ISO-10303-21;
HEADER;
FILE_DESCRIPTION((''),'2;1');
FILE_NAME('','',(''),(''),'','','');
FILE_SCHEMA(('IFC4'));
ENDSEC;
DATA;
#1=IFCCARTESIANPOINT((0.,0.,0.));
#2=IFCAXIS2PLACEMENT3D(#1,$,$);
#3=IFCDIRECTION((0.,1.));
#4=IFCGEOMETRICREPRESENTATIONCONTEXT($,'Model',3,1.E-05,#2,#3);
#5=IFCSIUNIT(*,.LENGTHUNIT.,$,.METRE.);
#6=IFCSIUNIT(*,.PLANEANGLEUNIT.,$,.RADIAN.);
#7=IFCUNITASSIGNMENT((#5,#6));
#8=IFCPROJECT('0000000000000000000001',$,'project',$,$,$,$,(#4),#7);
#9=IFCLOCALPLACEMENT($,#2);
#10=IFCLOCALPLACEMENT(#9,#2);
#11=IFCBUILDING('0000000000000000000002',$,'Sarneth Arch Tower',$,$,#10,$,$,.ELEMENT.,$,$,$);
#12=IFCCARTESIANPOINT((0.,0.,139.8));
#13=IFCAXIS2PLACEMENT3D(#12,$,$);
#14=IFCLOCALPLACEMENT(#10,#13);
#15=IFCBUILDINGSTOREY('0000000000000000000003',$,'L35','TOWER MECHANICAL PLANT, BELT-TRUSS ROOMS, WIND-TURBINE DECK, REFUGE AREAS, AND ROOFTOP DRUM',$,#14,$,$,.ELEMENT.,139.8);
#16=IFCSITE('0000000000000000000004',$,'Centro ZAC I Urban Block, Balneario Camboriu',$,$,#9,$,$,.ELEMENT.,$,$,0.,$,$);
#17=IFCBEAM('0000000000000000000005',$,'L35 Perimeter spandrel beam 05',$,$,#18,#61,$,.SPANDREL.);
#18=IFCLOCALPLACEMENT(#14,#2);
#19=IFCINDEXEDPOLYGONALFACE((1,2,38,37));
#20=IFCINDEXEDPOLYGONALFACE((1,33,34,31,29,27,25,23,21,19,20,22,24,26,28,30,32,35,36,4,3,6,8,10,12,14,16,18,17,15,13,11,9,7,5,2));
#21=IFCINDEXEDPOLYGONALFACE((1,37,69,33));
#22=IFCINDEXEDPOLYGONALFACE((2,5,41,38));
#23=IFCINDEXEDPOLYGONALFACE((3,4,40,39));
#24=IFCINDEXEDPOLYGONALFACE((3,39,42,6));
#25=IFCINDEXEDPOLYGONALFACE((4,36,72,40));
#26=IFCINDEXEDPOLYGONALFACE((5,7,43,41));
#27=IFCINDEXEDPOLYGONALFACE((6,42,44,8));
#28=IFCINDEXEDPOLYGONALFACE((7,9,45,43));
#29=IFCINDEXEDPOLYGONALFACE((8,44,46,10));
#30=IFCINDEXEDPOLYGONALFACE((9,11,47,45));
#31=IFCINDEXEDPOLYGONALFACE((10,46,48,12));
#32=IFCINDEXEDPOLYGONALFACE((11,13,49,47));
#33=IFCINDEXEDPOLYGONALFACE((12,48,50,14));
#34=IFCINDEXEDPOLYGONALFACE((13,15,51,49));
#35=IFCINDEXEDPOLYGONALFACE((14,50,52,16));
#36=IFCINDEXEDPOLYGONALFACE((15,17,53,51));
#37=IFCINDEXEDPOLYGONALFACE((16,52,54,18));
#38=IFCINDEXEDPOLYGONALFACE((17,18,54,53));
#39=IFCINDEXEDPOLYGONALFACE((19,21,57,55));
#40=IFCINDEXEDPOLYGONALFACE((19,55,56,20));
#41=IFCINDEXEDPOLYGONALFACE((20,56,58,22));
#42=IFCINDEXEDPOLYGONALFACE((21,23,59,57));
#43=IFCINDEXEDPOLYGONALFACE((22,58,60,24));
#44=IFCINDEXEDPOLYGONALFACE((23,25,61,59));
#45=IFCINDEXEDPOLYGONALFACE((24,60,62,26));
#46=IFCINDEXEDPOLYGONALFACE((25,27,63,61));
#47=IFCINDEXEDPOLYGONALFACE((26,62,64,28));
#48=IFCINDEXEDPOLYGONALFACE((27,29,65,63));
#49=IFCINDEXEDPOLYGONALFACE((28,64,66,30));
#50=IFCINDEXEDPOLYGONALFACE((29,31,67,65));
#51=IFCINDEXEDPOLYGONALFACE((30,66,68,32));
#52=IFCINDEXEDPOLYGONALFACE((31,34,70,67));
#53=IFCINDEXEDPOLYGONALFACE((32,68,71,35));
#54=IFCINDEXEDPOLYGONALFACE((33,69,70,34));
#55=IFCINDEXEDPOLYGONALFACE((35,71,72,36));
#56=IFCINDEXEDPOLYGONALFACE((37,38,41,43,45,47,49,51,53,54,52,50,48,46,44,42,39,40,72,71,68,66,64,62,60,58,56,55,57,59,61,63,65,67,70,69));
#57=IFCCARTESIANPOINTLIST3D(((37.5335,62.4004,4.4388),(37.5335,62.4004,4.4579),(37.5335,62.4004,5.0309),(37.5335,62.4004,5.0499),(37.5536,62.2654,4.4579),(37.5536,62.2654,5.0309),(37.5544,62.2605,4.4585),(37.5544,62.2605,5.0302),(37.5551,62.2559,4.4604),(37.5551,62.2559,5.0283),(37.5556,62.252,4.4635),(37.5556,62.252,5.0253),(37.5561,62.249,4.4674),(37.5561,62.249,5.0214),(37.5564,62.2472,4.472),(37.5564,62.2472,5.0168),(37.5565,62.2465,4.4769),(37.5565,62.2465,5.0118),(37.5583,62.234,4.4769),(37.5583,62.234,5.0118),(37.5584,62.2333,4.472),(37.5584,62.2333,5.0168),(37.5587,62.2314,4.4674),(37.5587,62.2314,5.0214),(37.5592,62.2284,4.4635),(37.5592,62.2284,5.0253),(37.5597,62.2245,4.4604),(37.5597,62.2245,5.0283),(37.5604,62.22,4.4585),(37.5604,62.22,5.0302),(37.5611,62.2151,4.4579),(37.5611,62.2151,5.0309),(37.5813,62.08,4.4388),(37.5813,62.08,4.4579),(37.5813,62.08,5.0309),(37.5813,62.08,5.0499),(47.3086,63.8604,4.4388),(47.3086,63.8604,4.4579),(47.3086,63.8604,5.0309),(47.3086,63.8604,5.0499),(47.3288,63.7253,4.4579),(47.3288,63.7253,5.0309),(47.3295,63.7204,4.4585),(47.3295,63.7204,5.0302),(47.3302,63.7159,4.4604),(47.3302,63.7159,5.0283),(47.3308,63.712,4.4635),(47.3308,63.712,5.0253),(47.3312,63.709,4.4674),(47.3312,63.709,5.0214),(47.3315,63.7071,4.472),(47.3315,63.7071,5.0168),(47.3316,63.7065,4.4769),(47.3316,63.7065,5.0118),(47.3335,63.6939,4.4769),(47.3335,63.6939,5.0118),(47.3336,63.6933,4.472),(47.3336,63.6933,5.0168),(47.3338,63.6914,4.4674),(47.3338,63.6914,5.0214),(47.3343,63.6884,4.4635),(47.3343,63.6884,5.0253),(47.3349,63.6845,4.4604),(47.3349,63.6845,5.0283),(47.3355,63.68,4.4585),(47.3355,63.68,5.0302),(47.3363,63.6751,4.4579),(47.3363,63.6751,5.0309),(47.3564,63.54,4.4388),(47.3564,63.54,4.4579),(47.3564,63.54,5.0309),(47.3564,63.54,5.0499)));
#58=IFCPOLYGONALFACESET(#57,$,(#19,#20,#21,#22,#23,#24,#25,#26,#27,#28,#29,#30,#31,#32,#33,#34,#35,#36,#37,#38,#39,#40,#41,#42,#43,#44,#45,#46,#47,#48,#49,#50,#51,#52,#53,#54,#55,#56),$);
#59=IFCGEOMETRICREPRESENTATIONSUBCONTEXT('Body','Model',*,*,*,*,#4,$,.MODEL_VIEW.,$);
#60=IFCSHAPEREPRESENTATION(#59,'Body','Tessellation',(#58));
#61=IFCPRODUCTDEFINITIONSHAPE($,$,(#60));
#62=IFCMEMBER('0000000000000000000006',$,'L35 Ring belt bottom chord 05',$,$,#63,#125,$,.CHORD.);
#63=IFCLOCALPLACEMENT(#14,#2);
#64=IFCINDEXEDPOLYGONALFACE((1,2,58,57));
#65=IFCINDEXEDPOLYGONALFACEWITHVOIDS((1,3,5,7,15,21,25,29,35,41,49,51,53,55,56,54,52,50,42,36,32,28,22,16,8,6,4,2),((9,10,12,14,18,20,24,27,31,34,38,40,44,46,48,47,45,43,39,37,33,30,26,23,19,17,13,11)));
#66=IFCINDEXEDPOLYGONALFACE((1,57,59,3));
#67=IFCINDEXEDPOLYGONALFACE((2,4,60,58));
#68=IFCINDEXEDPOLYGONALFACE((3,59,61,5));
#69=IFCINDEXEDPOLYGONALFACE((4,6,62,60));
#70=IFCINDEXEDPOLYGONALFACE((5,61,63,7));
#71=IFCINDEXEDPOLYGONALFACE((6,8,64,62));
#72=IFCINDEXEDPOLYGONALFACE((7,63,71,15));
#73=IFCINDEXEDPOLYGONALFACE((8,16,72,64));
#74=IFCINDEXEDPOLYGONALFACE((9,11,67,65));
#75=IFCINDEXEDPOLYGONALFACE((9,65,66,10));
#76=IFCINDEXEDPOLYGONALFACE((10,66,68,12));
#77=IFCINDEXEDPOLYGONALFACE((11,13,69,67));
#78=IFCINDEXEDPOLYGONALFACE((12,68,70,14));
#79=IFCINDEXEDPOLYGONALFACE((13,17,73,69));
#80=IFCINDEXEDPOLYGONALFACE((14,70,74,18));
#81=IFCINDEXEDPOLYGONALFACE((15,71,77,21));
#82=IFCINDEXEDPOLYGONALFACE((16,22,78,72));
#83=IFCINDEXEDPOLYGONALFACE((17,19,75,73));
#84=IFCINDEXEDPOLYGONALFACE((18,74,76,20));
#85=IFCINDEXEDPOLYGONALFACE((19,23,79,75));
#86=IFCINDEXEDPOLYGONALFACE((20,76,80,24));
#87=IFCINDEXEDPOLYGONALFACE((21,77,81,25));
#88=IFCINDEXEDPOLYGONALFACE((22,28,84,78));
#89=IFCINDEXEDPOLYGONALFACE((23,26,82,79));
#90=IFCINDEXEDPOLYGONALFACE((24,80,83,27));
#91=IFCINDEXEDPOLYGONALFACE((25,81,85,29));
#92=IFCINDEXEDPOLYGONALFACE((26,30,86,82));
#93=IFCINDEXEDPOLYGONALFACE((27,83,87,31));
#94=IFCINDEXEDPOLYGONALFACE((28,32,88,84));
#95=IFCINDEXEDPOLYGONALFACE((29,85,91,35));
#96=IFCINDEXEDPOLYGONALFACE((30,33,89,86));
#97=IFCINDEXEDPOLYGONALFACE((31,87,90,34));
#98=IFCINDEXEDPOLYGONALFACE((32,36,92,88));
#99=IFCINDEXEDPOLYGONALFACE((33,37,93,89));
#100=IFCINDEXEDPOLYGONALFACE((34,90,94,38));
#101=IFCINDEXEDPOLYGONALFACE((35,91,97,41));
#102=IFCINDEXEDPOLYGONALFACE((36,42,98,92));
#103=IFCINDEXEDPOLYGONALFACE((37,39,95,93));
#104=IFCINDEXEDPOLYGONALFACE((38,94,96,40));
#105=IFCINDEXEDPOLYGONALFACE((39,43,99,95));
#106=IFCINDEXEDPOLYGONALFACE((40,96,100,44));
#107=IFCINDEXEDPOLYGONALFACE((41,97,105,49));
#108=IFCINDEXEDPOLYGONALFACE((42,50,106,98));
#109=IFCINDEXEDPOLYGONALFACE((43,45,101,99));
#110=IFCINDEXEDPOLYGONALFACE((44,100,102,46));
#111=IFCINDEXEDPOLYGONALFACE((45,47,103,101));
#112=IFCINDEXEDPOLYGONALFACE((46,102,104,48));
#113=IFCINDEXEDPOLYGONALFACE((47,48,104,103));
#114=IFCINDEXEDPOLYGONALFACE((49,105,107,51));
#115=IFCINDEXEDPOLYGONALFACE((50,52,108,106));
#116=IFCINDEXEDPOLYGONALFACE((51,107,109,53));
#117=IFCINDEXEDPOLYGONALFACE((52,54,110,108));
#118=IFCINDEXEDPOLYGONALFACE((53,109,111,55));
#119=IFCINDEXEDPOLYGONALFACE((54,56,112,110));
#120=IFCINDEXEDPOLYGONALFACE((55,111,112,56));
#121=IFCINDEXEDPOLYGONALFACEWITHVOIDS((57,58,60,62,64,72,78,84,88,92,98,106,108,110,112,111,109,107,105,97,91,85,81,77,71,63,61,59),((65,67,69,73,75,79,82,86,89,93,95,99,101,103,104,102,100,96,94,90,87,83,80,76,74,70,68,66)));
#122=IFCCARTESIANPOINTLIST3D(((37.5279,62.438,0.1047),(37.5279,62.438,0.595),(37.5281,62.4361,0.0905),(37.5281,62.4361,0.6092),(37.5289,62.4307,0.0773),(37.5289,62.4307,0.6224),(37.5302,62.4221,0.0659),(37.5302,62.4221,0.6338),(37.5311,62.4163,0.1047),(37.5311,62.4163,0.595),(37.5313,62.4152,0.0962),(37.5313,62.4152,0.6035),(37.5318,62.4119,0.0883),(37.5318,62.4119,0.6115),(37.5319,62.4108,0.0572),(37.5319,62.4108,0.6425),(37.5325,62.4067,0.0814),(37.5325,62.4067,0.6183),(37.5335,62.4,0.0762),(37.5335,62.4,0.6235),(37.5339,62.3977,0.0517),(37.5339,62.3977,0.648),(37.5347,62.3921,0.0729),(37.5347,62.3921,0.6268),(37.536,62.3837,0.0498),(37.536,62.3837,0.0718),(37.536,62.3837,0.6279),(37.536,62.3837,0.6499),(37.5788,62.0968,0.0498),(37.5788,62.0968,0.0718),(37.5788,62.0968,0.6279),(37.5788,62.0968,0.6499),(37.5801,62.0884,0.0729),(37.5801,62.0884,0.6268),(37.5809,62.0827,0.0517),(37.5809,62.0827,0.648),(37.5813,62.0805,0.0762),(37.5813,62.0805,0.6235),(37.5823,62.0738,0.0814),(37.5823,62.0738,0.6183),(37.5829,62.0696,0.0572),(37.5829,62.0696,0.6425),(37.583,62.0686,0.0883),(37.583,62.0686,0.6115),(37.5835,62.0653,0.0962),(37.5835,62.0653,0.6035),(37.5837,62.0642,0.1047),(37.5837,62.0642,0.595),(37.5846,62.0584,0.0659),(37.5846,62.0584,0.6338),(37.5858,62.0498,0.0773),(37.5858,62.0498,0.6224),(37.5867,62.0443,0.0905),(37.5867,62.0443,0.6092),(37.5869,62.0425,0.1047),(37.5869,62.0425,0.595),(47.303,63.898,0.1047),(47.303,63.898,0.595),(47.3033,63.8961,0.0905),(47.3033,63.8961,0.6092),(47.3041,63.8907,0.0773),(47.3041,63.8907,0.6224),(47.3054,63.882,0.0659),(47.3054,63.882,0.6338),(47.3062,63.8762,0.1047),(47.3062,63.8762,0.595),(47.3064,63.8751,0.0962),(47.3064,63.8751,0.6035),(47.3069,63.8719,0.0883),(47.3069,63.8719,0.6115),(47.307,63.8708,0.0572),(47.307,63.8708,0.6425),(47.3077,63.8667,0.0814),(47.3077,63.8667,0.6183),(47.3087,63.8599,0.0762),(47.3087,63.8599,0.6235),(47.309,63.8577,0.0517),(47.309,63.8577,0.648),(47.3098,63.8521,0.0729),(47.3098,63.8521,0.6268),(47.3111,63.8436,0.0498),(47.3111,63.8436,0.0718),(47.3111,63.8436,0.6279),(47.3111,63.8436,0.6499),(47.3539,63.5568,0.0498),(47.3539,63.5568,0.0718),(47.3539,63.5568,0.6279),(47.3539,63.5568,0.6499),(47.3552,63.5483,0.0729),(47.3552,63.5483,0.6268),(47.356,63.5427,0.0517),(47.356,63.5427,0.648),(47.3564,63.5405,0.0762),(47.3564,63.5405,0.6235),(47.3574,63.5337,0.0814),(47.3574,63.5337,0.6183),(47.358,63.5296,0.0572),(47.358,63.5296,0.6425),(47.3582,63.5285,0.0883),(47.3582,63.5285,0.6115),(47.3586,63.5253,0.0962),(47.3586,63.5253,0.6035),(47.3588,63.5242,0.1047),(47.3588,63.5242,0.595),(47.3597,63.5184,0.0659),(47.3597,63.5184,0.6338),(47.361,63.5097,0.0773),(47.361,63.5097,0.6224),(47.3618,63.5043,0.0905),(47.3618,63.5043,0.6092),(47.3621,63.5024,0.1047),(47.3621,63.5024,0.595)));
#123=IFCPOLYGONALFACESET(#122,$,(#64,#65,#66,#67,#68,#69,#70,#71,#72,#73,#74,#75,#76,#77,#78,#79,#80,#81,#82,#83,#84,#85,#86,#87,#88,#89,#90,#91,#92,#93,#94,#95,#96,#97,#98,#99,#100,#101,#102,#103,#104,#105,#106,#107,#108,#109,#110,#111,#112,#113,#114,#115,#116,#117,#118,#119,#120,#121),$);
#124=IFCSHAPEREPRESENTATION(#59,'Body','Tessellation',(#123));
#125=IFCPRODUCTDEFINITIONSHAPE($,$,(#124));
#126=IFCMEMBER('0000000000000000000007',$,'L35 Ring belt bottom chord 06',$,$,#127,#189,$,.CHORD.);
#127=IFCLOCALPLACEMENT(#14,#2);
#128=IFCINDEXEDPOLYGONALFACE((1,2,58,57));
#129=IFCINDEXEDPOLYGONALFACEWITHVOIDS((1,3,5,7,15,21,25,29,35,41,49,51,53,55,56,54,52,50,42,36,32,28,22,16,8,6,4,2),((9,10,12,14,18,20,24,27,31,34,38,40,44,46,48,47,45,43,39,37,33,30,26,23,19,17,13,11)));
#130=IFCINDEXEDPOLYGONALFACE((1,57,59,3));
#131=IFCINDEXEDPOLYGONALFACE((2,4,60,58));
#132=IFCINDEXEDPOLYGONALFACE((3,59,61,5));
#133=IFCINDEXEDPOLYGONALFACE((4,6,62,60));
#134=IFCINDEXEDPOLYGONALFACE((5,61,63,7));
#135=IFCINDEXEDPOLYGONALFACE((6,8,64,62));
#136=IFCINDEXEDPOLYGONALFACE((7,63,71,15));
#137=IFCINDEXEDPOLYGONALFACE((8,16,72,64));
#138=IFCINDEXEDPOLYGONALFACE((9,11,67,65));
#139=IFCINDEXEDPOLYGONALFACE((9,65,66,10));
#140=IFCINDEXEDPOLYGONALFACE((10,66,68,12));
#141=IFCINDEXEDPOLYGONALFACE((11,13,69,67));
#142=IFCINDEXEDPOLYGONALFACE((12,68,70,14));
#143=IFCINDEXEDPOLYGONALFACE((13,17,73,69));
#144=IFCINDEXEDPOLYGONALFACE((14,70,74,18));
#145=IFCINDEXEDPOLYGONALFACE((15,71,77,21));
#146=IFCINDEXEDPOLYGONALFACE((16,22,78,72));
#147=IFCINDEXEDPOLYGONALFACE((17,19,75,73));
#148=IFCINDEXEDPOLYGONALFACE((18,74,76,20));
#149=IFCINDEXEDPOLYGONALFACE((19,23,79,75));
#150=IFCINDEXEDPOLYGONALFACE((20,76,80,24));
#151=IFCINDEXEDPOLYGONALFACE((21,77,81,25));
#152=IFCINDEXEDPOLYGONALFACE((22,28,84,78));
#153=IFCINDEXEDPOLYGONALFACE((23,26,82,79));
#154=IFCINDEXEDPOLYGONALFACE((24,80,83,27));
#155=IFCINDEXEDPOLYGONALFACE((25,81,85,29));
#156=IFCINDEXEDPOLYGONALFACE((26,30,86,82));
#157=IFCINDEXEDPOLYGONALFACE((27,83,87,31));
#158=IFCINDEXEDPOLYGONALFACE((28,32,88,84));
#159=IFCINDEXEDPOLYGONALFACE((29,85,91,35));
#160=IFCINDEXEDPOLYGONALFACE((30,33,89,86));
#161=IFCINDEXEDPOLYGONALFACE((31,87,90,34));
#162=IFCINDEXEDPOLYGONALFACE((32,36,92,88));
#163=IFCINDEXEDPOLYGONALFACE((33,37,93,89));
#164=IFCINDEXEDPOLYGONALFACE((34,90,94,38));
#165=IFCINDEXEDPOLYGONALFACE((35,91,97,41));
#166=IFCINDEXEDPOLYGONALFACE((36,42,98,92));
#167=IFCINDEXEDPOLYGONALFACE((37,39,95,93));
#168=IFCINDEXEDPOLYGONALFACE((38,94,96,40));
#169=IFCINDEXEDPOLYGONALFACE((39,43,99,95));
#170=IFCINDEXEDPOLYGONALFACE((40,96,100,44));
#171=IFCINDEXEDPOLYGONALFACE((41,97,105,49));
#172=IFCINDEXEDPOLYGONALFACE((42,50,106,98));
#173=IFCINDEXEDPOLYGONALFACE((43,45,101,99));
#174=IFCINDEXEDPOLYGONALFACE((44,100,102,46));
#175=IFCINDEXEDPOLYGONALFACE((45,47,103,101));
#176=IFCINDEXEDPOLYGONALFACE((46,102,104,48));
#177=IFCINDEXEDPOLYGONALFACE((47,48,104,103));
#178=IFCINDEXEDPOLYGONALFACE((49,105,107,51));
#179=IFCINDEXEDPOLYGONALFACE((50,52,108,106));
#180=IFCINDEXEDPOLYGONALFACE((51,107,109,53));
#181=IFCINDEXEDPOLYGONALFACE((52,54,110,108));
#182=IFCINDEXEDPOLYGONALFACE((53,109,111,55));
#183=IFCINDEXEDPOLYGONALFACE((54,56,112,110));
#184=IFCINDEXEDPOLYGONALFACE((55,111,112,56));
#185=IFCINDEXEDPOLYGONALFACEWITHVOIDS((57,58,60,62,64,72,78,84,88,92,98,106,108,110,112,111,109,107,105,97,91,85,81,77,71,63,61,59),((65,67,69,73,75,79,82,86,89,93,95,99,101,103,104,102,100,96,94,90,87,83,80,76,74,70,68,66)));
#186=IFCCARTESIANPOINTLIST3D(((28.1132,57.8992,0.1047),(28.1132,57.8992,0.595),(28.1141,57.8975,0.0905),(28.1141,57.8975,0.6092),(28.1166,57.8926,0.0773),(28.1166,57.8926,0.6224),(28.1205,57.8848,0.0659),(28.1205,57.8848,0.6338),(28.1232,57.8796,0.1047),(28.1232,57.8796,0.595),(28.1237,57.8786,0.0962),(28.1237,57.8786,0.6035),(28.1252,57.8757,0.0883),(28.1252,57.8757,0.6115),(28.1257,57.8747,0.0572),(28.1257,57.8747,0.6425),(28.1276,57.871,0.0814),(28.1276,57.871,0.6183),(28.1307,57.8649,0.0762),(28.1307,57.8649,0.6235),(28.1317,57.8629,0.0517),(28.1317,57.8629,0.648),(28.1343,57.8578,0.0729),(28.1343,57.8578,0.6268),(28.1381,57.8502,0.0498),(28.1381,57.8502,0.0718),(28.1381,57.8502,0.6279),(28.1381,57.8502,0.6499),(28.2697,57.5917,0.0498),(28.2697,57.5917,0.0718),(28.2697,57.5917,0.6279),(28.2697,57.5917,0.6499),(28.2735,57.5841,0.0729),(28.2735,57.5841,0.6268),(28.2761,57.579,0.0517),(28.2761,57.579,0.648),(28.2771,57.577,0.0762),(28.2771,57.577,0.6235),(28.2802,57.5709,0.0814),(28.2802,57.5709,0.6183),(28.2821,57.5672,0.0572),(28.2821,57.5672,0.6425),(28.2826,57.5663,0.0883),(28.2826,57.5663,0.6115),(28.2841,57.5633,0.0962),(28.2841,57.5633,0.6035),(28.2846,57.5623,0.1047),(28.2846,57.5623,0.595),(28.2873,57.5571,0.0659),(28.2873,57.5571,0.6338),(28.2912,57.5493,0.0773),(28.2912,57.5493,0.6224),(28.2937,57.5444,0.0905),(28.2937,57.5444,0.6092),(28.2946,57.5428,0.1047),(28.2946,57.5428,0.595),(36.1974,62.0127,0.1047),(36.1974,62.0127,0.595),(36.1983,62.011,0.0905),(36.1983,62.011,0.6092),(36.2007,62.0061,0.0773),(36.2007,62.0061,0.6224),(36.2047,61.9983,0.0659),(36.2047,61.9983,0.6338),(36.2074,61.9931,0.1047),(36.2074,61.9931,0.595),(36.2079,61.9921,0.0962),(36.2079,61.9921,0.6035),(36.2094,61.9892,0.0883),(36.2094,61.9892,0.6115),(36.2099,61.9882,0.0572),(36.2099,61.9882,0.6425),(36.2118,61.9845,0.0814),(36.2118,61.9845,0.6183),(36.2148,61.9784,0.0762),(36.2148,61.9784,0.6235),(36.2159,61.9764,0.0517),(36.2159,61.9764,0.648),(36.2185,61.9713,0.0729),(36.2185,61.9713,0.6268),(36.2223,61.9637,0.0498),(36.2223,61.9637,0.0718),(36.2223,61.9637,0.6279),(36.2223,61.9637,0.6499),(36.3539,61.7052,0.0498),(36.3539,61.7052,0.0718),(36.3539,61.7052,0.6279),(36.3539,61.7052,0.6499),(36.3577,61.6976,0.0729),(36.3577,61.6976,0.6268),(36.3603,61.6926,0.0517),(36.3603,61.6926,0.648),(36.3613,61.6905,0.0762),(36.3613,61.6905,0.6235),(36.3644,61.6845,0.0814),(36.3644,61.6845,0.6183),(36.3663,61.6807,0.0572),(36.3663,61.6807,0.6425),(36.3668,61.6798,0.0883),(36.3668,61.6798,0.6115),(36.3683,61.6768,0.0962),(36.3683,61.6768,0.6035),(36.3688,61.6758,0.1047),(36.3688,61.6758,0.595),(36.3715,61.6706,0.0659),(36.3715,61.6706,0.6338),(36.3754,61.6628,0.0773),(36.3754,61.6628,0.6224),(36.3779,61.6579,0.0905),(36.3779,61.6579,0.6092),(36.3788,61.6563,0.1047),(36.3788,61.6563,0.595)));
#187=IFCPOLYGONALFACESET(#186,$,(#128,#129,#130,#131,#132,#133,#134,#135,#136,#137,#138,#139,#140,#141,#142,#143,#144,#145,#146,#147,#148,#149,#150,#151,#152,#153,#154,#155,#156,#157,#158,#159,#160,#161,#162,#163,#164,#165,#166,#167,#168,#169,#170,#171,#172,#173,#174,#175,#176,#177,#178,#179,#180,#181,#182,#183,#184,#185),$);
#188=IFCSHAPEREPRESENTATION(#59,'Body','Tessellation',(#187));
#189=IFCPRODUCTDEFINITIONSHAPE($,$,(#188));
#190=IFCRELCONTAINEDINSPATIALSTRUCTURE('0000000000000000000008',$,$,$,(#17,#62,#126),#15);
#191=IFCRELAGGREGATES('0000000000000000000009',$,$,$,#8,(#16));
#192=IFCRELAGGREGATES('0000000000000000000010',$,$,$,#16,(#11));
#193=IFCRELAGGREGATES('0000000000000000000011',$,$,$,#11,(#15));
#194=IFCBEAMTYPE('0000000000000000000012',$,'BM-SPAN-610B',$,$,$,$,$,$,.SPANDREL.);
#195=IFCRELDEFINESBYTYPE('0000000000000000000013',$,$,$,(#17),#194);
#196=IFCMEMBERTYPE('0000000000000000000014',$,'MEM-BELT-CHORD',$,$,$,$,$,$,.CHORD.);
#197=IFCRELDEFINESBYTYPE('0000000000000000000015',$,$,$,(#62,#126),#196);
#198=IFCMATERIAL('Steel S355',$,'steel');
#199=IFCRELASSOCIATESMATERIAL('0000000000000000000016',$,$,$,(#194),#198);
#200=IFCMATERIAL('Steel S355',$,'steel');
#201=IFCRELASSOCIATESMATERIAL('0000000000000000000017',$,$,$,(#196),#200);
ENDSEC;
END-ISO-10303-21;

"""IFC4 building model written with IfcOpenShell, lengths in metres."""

from ifc_helpers import new_model, si_unit, direction, frame, origin, origin_2d, place, context, subcontext, project, spatial, hollow_rectangle, i_section, extrude, material, material_profile, profile_set, type_object, element, save


model = new_model("IFC4")

# Units and contexts
model_context = context("Model", 3, precision=1e-05, world=origin(), true_north=direction((0.0, 1.0)))
body_context = subcontext(model_context, "Body", "Model", "MODEL_VIEW")
ifc_project = project(units=[si_unit("LENGTHUNIT", "METRE"), si_unit("PLANEANGLEUNIT", "RADIAN")], contexts=[model_context])

# Site, building, storey
site_placement = place(None, origin())
site = spatial("IfcSite", under=ifc_project, at=site_placement, Name="Centro ZAC I Urban Block, Balneario Camboriu", CompositionType="ELEMENT", RefElevation=0.0)
building_placement = place(site_placement, origin())
building = spatial("IfcBuilding", under=site, at=building_placement, Name="Sarneth Arch Tower", CompositionType="ELEMENT")
storey_placement = place(building_placement, frame((0.0, 0.0, 139.8)))
storey = spatial("IfcBuildingStorey", under=building, at=storey_placement, Name="L35", Description="TOWER MECHANICAL PLANT, BELT-TRUSS ROOMS, WIND-TURBINE DECK, REFUGE AREAS, AND ROOFTOP DRUM", CompositionType="ELEMENT", Elevation=139.8)

# Beam
ifc_material_1 = material(Name="Steel S355", Category="steel")
ifc_material_profile_1 = material_profile(ifc_material_1, i_section(OverallWidth=0.324, OverallDepth=0.6111, WebThickness=0.0127, FlangeThickness=0.019, FilletRadius=0.019, at=origin_2d()), Name="W610x155")
ifc_profile_set_1 = profile_set([ifc_material_profile_1], Name="Steel S355")
beam_type_1 = type_object("IfcBeamType", Name="BM-SPAN-610B", PredefinedType="SPANDREL", material=ifc_profile_set_1)
beam_1_placement = place(storey_placement, frame((47.3325, 63.7002, 4.7444), z_axis=(-0.98903, -0.147716, 0.0), x_axis=(0.147716, -0.98903, 0.0)))
element("IfcBeam", 1, at=beam_1_placement, inside=storey, type_object=beam_type_1, Name="L35 Perimeter spandrel beam 05", PredefinedType="SPANDREL", context=body_context, shape_type="SweptSolid", body=[
    extrude(i_section(OverallWidth=0.324, OverallDepth=0.6111, WebThickness=0.0127, FlangeThickness=0.019, FilletRadius=0.019, at=origin_2d()), origin(), (0.0, 0.0, 1.0), 9.8835),
])

# Members
ifc_material_2 = material(Name="Steel S355", Category="steel")
ifc_material_profile_2 = material_profile(ifc_material_2, hollow_rectangle(XDim=0.3999, YDim=0.6001, WallThickness=0.022, InnerFilletRadius=0.033, OuterFilletRadius=0.0549, at=origin_2d()), Name="RHS600x400x22")
ifc_profile_set_2 = profile_set([ifc_material_profile_2], Name="Steel S355")
member_type_1 = type_object("IfcMemberType", Name="MEM-BELT-CHORD", PredefinedType="CHORD", material=ifc_profile_set_2)
member_1_placement = place(storey_placement, frame((47.3325, 63.7002, 0.3499), z_axis=(-0.98903, -0.147716, 0.0), x_axis=(0.147716, -0.98903, 0.0)))
element("IfcMember", 2, at=member_1_placement, inside=storey, type_object=member_type_1, Name="L35 Ring belt bottom chord 05", PredefinedType="CHORD", context=body_context, shape_type="SweptSolid", body=[
    extrude(hollow_rectangle(XDim=0.3999, YDim=0.6001, WallThickness=0.022, InnerFilletRadius=0.033, OuterFilletRadius=0.0549, at=origin_2d()), origin(), (0.0, 0.0, 1.0), 9.8835),
])
member_2_placement = place(storey_placement, frame((36.2881, 61.8345, 0.3499), z_axis=(-0.891256, -0.453501, 0.0), x_axis=(0.453501, -0.891256, 0.0)))
element("IfcMember", 3, at=member_2_placement, inside=storey, type_object=member_type_1, Name="L35 Ring belt bottom chord 06", PredefinedType="CHORD", context=body_context, shape_type="SweptSolid", body=[
    extrude(hollow_rectangle(XDim=0.3999, YDim=0.6001, WallThickness=0.022, InnerFilletRadius=0.033, OuterFilletRadius=0.0549, at=origin_2d()), origin(), (0.0, 0.0, 1.0), 9.0706),
])

save(model, "model.ifc")
